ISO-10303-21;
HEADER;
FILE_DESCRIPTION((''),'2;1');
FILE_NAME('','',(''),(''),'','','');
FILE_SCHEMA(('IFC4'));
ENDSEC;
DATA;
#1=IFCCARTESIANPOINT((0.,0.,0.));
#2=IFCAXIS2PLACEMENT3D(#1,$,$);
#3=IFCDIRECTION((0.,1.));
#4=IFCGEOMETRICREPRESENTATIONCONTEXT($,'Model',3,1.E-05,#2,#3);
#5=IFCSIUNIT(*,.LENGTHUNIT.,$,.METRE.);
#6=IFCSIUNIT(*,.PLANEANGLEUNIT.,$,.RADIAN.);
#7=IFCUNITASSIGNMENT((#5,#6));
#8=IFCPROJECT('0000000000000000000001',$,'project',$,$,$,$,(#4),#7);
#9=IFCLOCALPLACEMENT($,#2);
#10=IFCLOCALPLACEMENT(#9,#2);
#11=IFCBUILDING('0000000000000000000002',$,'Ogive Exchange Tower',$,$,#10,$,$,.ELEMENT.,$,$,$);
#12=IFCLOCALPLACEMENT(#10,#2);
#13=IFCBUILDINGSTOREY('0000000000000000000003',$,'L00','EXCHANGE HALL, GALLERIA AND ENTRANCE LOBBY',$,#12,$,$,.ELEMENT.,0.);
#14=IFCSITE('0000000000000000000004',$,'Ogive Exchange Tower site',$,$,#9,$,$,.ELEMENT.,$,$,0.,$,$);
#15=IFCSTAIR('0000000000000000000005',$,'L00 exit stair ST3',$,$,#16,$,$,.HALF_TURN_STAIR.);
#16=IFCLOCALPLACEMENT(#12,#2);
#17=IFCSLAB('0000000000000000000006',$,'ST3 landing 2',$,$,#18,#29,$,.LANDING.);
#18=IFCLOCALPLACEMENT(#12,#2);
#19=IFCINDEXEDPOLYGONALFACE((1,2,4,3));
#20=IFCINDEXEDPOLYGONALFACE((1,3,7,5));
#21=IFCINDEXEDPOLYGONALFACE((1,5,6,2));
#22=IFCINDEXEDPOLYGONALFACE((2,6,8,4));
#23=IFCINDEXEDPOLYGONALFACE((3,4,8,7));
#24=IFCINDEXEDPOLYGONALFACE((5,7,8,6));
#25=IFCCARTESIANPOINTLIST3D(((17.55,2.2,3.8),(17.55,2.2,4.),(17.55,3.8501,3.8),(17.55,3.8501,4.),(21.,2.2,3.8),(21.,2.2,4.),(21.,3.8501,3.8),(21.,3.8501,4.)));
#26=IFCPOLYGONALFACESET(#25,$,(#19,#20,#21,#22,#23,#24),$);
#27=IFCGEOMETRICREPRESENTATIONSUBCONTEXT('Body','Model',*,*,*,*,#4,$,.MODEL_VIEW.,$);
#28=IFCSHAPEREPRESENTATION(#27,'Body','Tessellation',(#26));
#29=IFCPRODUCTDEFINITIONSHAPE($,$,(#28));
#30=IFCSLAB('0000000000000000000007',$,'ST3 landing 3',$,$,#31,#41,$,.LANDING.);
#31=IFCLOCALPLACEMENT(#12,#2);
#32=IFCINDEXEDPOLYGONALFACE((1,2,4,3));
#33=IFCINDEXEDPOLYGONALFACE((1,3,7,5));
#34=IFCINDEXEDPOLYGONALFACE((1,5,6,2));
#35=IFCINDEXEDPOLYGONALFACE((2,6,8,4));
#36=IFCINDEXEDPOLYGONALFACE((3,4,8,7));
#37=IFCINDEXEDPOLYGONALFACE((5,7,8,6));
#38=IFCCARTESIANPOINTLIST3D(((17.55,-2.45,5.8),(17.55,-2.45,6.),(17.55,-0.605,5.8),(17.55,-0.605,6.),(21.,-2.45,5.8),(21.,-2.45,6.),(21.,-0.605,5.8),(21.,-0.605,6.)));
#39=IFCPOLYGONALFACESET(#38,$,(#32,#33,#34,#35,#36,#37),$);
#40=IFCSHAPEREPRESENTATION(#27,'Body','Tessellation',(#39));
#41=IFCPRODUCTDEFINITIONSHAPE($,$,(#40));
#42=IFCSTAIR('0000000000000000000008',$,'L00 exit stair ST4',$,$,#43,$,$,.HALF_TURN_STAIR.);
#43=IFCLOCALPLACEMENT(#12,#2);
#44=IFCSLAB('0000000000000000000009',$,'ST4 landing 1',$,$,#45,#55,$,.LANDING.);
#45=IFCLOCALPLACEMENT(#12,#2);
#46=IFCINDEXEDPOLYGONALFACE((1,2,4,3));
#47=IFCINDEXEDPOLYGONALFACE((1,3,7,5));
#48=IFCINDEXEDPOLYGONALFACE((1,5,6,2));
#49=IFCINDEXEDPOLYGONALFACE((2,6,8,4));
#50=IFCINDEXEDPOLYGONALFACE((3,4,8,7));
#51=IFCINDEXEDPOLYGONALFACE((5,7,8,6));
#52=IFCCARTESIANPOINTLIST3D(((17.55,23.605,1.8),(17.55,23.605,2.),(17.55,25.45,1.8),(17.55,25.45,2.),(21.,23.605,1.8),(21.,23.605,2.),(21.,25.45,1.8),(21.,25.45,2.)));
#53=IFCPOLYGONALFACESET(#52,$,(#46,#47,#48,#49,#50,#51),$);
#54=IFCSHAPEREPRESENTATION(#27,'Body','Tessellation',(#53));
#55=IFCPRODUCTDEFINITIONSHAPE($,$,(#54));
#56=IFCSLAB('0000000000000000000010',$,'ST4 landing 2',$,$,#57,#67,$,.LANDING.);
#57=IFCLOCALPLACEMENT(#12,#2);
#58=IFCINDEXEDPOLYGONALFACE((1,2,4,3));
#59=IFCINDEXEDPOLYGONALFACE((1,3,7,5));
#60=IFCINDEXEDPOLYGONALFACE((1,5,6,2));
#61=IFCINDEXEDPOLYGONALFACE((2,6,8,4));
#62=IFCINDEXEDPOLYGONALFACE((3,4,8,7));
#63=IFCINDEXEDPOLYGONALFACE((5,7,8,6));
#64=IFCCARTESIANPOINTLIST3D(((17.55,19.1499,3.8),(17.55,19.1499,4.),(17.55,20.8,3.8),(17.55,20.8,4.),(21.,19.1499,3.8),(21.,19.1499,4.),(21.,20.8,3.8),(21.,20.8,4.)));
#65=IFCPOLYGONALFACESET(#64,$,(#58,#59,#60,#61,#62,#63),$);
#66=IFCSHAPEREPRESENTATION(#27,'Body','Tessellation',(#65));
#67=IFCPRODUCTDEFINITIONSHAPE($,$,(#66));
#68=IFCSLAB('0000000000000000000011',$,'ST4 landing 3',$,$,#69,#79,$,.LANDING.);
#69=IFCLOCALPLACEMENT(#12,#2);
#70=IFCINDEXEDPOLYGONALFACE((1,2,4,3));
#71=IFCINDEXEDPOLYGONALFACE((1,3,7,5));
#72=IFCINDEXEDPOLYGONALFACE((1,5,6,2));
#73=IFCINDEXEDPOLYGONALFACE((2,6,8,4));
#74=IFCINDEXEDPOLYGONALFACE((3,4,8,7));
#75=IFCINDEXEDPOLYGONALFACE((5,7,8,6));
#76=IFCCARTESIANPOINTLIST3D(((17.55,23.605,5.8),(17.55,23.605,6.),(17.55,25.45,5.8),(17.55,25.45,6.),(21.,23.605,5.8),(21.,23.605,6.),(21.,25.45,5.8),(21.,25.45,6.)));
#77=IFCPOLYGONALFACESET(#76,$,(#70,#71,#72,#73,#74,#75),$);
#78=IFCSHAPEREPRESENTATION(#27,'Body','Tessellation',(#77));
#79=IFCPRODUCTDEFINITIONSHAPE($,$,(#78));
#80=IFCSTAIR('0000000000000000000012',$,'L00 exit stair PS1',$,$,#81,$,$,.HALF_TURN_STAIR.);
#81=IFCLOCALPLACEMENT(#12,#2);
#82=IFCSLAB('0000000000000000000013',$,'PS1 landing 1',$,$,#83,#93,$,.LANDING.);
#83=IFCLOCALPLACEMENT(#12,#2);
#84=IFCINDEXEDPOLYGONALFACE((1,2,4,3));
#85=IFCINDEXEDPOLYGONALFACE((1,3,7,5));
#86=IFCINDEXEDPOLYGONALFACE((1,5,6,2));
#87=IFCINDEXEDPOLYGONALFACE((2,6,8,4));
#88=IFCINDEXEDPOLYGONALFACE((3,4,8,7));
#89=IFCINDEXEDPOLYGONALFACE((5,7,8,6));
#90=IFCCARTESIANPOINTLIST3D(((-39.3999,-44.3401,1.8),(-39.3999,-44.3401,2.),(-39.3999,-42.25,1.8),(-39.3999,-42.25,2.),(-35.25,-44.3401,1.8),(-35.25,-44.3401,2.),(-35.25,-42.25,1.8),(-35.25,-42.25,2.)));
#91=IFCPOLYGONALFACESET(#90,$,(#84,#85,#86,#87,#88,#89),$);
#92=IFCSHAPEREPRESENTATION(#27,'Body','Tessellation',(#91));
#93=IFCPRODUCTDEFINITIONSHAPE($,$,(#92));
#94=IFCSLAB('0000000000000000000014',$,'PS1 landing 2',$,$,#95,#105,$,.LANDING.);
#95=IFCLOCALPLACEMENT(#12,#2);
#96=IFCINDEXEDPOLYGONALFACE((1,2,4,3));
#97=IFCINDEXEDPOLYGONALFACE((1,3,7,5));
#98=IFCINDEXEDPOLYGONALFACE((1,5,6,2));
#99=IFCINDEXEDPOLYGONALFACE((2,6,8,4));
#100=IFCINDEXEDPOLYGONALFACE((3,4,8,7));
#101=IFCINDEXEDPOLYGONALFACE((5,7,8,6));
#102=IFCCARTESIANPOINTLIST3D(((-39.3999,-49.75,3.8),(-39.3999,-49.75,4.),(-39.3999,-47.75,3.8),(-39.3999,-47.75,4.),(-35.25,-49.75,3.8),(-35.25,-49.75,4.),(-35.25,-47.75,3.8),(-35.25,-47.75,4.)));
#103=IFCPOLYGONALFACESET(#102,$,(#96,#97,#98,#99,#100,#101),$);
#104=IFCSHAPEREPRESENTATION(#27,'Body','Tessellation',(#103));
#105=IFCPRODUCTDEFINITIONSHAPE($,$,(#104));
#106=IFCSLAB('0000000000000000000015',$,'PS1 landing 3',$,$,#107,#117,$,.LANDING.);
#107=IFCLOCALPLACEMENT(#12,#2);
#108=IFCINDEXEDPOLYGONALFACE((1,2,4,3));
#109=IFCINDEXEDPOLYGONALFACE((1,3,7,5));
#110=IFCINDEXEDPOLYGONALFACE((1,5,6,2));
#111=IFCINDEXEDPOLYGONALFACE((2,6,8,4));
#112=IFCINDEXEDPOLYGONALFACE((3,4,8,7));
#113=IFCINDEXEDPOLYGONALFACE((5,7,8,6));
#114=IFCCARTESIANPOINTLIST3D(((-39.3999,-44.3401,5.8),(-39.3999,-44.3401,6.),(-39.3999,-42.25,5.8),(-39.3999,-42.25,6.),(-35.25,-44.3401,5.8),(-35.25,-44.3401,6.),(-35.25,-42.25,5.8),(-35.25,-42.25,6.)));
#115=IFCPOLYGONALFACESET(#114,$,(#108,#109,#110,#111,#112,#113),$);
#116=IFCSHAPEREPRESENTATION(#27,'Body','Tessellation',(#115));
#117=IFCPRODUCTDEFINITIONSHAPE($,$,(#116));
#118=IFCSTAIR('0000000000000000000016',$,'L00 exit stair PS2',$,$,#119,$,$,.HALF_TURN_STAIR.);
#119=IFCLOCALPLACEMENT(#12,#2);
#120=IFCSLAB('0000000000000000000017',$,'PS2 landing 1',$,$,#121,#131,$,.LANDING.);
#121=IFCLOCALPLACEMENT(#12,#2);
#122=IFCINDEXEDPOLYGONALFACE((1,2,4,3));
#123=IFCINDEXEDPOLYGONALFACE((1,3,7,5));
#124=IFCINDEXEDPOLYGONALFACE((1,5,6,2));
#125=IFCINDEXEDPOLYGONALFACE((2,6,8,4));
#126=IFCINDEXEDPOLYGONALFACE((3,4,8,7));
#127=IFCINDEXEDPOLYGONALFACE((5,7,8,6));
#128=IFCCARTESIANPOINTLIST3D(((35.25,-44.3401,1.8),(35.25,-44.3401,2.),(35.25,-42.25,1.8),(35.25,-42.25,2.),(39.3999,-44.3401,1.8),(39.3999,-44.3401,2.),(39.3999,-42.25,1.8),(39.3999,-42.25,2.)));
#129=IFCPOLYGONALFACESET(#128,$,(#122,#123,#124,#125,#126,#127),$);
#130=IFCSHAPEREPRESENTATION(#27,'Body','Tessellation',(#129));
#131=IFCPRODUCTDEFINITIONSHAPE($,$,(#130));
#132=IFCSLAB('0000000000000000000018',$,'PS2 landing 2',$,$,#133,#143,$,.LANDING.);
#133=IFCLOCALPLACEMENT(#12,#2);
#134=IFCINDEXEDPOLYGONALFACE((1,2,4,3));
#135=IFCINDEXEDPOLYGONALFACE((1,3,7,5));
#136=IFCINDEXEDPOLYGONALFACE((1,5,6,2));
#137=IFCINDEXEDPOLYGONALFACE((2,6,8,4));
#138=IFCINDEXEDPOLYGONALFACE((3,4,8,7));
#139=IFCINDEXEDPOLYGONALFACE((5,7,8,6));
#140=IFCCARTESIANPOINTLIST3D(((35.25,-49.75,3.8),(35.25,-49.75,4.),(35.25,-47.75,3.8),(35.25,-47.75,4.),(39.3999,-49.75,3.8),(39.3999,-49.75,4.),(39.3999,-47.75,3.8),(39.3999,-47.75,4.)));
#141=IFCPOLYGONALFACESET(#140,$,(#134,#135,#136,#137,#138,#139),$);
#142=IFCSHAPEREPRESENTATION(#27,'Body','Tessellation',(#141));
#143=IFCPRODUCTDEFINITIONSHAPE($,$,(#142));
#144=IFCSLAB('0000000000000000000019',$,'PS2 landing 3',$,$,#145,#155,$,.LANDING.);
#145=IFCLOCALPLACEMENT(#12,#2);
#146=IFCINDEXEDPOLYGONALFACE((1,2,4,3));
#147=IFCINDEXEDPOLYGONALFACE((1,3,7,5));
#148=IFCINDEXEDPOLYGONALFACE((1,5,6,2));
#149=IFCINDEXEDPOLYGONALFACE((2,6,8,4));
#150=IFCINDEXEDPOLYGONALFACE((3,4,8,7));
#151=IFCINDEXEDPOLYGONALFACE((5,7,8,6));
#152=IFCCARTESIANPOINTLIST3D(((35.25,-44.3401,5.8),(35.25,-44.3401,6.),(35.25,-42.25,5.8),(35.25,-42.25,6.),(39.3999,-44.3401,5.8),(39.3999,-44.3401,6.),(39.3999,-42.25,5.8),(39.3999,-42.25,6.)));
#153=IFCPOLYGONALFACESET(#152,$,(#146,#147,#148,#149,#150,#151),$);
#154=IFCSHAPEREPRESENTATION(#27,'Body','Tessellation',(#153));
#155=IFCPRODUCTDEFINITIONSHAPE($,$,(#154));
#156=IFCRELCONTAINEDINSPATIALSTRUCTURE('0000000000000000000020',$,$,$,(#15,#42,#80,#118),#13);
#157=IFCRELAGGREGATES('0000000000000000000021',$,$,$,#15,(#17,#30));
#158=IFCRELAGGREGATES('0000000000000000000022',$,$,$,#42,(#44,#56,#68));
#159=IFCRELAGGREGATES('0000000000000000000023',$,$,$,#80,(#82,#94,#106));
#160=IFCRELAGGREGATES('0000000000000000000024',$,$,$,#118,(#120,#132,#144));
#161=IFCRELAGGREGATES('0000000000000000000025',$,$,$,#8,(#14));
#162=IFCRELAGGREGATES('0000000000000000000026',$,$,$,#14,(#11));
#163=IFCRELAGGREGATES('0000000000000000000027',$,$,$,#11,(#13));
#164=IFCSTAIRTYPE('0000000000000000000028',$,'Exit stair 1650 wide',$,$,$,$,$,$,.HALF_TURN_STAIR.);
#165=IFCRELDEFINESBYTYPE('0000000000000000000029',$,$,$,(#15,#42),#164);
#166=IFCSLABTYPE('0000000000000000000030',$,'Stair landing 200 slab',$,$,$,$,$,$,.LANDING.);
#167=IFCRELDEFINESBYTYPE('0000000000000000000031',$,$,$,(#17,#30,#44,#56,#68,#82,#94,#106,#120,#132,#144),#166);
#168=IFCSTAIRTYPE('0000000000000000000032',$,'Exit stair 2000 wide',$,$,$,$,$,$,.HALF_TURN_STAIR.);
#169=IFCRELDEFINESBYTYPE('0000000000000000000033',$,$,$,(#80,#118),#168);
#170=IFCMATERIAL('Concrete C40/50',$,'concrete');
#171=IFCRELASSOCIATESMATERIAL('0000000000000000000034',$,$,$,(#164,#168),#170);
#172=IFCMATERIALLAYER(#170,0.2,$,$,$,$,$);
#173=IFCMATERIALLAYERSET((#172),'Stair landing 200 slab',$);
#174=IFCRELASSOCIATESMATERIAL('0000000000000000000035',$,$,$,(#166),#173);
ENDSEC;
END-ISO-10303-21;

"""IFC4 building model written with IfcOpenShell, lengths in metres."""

from ifc_helpers import new_model, si_unit, direction, frame, origin, place, context, subcontext, project, spatial, polyline, outline, extrude, material, layer, layer_set, type_object, element, aggregate, save


model = new_model("IFC4")

# Units and contexts
model_context = context("Model", 3, precision=1e-05, world=origin(), true_north=direction((0.0, 1.0)))
body_context = subcontext(model_context, "Body", "Model", "MODEL_VIEW")
ifc_project = project(units=[si_unit("LENGTHUNIT", "METRE"), si_unit("PLANEANGLEUNIT", "RADIAN")], contexts=[model_context])

# Site, building, storey
site_placement = place(None, origin())
site = spatial("IfcSite", under=ifc_project, at=site_placement, Name="Ogive Exchange Tower site", CompositionType="ELEMENT", RefElevation=0.0)
building_placement = place(site_placement, origin())
building = spatial("IfcBuilding", under=site, at=building_placement, Name="Ogive Exchange Tower", CompositionType="ELEMENT")
storey_placement = place(building_placement, origin())
storey = spatial("IfcBuildingStorey", under=building, at=storey_placement, Name="L00", Description="EXCHANGE HALL, GALLERIA AND ENTRANCE LOBBY", CompositionType="ELEMENT", Elevation=0.0)

# Stairs, slabs
ifc_material_1 = material(Name="Concrete C40/50", Category="concrete")
stair_type_1 = type_object("IfcStairType", Name="Exit stair 1650 wide", PredefinedType="HALF_TURN_STAIR", material=ifc_material_1)
ifc_layer_1 = layer(ifc_material_1, 0.2)
ifc_layer_set_1 = layer_set([ifc_layer_1], Name="Stair landing 200 slab")
slab_type_1 = type_object("IfcSlabType", Name="Stair landing 200 slab", PredefinedType="LANDING", material=ifc_layer_set_1)
stair_1_placement = place(storey_placement, origin())
stair_1 = element("IfcStair", 1, at=stair_1_placement, inside=storey, type_object=stair_type_1, Name="L00 exit stair ST3", PredefinedType="HALF_TURN_STAIR")
slab_1_placement = place(storey_placement, frame((0.0, 0.0, 3.8)))
slab_1 = element("IfcSlab", 2, at=slab_1_placement, type_object=slab_type_1, Name="ST3 landing 2", PredefinedType="LANDING", context=body_context, shape_type="SweptSolid", body=[
    extrude(outline(polyline([(17.55, 3.8501), (17.55, 2.2), (21.0, 2.2), (21.0, 3.8501), (17.55, 3.8501)])), origin(), (0.0, 0.0, 1.0), 0.2),
])
slab_2_placement = place(storey_placement, frame((0.0, 0.0, 5.8)))
slab_2 = element("IfcSlab", 3, at=slab_2_placement, type_object=slab_type_1, Name="ST3 landing 3", PredefinedType="LANDING", context=body_context, shape_type="SweptSolid", body=[
    extrude(outline(polyline([(17.55, -0.605), (17.55, -2.45), (21.0, -2.45), (21.0, -0.605), (17.55, -0.605)])), origin(), (0.0, 0.0, 1.0), 0.2),
])
aggregate(stair_1, [slab_1, slab_2])
stair_2_placement = place(storey_placement, origin())
stair_2 = element("IfcStair", 4, at=stair_2_placement, inside=storey, type_object=stair_type_1, Name="L00 exit stair ST4", PredefinedType="HALF_TURN_STAIR")
slab_3_placement = place(storey_placement, frame((0.0, 0.0, 1.8)))
slab_3 = element("IfcSlab", 5, at=slab_3_placement, type_object=slab_type_1, Name="ST4 landing 1", PredefinedType="LANDING", context=body_context, shape_type="SweptSolid", body=[
    extrude(outline(polyline([(21.0, 23.605), (21.0, 25.45), (17.55, 25.45), (17.55, 23.605), (21.0, 23.605)])), origin(), (0.0, 0.0, 1.0), 0.2),
])
slab_4_placement = place(storey_placement, frame((0.0, 0.0, 3.8)))
slab_4 = element("IfcSlab", 6, at=slab_4_placement, type_object=slab_type_1, Name="ST4 landing 2", PredefinedType="LANDING", context=body_context, shape_type="SweptSolid", body=[
    extrude(outline(polyline([(21.0, 19.1499), (21.0, 20.8), (17.55, 20.8), (17.55, 19.1499), (21.0, 19.1499)])), origin(), (0.0, 0.0, 1.0), 0.2),
])
slab_5_placement = place(storey_placement, frame((0.0, 0.0, 5.8)))
slab_5 = element("IfcSlab", 7, at=slab_5_placement, type_object=slab_type_1, Name="ST4 landing 3", PredefinedType="LANDING", context=body_context, shape_type="SweptSolid", body=[
    extrude(outline(polyline([(21.0, 23.605), (21.0, 25.45), (17.55, 25.45), (17.55, 23.605), (21.0, 23.605)])), origin(), (0.0, 0.0, 1.0), 0.2),
])
aggregate(stair_2, [slab_3, slab_4, slab_5])
stair_type_2 = type_object("IfcStairType", Name="Exit stair 2000 wide", PredefinedType="HALF_TURN_STAIR", material=ifc_material_1)
stair_3_placement = place(storey_placement, origin())
stair_3 = element("IfcStair", 8, at=stair_3_placement, inside=storey, type_object=stair_type_2, Name="L00 exit stair PS1", PredefinedType="HALF_TURN_STAIR")
slab_6_placement = place(storey_placement, frame((0.0, 0.0, 1.8)))
slab_6 = element("IfcSlab", 9, at=slab_6_placement, type_object=slab_type_1, Name="PS1 landing 1", PredefinedType="LANDING", context=body_context, shape_type="SweptSolid", body=[
    extrude(outline(polyline([(-35.25, -44.3401), (-35.25, -42.25), (-39.3999, -42.25), (-39.3999, -44.3401), (-35.25, -44.3401)])), origin(), (0.0, 0.0, 1.0), 0.2),
])
slab_7_placement = place(storey_placement, frame((0.0, 0.0, 3.8)))
slab_7 = element("IfcSlab", 10, at=slab_7_placement, type_object=slab_type_1, Name="PS1 landing 2", PredefinedType="LANDING", context=body_context, shape_type="SweptSolid", body=[
    extrude(outline(polyline([(-35.25, -49.75), (-35.25, -47.75), (-39.3999, -47.75), (-39.3999, -49.75), (-35.25, -49.75)])), origin(), (0.0, 0.0, 1.0), 0.2),
])
slab_8_placement = place(storey_placement, frame((0.0, 0.0, 5.8)))
slab_8 = element("IfcSlab", 11, at=slab_8_placement, type_object=slab_type_1, Name="PS1 landing 3", PredefinedType="LANDING", context=body_context, shape_type="SweptSolid", body=[
    extrude(outline(polyline([(-35.25, -44.3401), (-35.25, -42.25), (-39.3999, -42.25), (-39.3999, -44.3401), (-35.25, -44.3401)])), origin(), (0.0, 0.0, 1.0), 0.2),
])
aggregate(stair_3, [slab_6, slab_7, slab_8])
stair_4_placement = place(storey_placement, origin())
stair_4 = element("IfcStair", 12, at=stair_4_placement, inside=storey, type_object=stair_type_2, Name="L00 exit stair PS2", PredefinedType="HALF_TURN_STAIR")
slab_9_placement = place(storey_placement, frame((0.0, 0.0, 1.8)))
slab_9 = element("IfcSlab", 13, at=slab_9_placement, type_object=slab_type_1, Name="PS2 landing 1", PredefinedType="LANDING", context=body_context, shape_type="SweptSolid", body=[
    extrude(outline(polyline([(39.3999, -44.3401), (39.3999, -42.25), (35.25, -42.25), (35.25, -44.3401), (39.3999, -44.3401)])), origin(), (0.0, 0.0, 1.0), 0.2),
])
slab_10_placement = place(storey_placement, frame((0.0, 0.0, 3.8)))
slab_10 = element("IfcSlab", 14, at=slab_10_placement, type_object=slab_type_1, Name="PS2 landing 2", PredefinedType="LANDING", context=body_context, shape_type="SweptSolid", body=[
    extrude(outline(polyline([(39.3999, -49.75), (39.3999, -47.75), (35.25, -47.75), (35.25, -49.75), (39.3999, -49.75)])), origin(), (0.0, 0.0, 1.0), 0.2),
])
slab_11_placement = place(storey_placement, frame((0.0, 0.0, 5.8)))
slab_11 = element("IfcSlab", 15, at=slab_11_placement, type_object=slab_type_1, Name="PS2 landing 3", PredefinedType="LANDING", context=body_context, shape_type="SweptSolid", body=[
    extrude(outline(polyline([(39.3999, -44.3401), (39.3999, -42.25), (35.25, -42.25), (35.25, -44.3401), (39.3999, -44.3401)])), origin(), (0.0, 0.0, 1.0), 0.2),
])
aggregate(stair_4, [slab_9, slab_10, slab_11])

save(model, "model.ifc")
